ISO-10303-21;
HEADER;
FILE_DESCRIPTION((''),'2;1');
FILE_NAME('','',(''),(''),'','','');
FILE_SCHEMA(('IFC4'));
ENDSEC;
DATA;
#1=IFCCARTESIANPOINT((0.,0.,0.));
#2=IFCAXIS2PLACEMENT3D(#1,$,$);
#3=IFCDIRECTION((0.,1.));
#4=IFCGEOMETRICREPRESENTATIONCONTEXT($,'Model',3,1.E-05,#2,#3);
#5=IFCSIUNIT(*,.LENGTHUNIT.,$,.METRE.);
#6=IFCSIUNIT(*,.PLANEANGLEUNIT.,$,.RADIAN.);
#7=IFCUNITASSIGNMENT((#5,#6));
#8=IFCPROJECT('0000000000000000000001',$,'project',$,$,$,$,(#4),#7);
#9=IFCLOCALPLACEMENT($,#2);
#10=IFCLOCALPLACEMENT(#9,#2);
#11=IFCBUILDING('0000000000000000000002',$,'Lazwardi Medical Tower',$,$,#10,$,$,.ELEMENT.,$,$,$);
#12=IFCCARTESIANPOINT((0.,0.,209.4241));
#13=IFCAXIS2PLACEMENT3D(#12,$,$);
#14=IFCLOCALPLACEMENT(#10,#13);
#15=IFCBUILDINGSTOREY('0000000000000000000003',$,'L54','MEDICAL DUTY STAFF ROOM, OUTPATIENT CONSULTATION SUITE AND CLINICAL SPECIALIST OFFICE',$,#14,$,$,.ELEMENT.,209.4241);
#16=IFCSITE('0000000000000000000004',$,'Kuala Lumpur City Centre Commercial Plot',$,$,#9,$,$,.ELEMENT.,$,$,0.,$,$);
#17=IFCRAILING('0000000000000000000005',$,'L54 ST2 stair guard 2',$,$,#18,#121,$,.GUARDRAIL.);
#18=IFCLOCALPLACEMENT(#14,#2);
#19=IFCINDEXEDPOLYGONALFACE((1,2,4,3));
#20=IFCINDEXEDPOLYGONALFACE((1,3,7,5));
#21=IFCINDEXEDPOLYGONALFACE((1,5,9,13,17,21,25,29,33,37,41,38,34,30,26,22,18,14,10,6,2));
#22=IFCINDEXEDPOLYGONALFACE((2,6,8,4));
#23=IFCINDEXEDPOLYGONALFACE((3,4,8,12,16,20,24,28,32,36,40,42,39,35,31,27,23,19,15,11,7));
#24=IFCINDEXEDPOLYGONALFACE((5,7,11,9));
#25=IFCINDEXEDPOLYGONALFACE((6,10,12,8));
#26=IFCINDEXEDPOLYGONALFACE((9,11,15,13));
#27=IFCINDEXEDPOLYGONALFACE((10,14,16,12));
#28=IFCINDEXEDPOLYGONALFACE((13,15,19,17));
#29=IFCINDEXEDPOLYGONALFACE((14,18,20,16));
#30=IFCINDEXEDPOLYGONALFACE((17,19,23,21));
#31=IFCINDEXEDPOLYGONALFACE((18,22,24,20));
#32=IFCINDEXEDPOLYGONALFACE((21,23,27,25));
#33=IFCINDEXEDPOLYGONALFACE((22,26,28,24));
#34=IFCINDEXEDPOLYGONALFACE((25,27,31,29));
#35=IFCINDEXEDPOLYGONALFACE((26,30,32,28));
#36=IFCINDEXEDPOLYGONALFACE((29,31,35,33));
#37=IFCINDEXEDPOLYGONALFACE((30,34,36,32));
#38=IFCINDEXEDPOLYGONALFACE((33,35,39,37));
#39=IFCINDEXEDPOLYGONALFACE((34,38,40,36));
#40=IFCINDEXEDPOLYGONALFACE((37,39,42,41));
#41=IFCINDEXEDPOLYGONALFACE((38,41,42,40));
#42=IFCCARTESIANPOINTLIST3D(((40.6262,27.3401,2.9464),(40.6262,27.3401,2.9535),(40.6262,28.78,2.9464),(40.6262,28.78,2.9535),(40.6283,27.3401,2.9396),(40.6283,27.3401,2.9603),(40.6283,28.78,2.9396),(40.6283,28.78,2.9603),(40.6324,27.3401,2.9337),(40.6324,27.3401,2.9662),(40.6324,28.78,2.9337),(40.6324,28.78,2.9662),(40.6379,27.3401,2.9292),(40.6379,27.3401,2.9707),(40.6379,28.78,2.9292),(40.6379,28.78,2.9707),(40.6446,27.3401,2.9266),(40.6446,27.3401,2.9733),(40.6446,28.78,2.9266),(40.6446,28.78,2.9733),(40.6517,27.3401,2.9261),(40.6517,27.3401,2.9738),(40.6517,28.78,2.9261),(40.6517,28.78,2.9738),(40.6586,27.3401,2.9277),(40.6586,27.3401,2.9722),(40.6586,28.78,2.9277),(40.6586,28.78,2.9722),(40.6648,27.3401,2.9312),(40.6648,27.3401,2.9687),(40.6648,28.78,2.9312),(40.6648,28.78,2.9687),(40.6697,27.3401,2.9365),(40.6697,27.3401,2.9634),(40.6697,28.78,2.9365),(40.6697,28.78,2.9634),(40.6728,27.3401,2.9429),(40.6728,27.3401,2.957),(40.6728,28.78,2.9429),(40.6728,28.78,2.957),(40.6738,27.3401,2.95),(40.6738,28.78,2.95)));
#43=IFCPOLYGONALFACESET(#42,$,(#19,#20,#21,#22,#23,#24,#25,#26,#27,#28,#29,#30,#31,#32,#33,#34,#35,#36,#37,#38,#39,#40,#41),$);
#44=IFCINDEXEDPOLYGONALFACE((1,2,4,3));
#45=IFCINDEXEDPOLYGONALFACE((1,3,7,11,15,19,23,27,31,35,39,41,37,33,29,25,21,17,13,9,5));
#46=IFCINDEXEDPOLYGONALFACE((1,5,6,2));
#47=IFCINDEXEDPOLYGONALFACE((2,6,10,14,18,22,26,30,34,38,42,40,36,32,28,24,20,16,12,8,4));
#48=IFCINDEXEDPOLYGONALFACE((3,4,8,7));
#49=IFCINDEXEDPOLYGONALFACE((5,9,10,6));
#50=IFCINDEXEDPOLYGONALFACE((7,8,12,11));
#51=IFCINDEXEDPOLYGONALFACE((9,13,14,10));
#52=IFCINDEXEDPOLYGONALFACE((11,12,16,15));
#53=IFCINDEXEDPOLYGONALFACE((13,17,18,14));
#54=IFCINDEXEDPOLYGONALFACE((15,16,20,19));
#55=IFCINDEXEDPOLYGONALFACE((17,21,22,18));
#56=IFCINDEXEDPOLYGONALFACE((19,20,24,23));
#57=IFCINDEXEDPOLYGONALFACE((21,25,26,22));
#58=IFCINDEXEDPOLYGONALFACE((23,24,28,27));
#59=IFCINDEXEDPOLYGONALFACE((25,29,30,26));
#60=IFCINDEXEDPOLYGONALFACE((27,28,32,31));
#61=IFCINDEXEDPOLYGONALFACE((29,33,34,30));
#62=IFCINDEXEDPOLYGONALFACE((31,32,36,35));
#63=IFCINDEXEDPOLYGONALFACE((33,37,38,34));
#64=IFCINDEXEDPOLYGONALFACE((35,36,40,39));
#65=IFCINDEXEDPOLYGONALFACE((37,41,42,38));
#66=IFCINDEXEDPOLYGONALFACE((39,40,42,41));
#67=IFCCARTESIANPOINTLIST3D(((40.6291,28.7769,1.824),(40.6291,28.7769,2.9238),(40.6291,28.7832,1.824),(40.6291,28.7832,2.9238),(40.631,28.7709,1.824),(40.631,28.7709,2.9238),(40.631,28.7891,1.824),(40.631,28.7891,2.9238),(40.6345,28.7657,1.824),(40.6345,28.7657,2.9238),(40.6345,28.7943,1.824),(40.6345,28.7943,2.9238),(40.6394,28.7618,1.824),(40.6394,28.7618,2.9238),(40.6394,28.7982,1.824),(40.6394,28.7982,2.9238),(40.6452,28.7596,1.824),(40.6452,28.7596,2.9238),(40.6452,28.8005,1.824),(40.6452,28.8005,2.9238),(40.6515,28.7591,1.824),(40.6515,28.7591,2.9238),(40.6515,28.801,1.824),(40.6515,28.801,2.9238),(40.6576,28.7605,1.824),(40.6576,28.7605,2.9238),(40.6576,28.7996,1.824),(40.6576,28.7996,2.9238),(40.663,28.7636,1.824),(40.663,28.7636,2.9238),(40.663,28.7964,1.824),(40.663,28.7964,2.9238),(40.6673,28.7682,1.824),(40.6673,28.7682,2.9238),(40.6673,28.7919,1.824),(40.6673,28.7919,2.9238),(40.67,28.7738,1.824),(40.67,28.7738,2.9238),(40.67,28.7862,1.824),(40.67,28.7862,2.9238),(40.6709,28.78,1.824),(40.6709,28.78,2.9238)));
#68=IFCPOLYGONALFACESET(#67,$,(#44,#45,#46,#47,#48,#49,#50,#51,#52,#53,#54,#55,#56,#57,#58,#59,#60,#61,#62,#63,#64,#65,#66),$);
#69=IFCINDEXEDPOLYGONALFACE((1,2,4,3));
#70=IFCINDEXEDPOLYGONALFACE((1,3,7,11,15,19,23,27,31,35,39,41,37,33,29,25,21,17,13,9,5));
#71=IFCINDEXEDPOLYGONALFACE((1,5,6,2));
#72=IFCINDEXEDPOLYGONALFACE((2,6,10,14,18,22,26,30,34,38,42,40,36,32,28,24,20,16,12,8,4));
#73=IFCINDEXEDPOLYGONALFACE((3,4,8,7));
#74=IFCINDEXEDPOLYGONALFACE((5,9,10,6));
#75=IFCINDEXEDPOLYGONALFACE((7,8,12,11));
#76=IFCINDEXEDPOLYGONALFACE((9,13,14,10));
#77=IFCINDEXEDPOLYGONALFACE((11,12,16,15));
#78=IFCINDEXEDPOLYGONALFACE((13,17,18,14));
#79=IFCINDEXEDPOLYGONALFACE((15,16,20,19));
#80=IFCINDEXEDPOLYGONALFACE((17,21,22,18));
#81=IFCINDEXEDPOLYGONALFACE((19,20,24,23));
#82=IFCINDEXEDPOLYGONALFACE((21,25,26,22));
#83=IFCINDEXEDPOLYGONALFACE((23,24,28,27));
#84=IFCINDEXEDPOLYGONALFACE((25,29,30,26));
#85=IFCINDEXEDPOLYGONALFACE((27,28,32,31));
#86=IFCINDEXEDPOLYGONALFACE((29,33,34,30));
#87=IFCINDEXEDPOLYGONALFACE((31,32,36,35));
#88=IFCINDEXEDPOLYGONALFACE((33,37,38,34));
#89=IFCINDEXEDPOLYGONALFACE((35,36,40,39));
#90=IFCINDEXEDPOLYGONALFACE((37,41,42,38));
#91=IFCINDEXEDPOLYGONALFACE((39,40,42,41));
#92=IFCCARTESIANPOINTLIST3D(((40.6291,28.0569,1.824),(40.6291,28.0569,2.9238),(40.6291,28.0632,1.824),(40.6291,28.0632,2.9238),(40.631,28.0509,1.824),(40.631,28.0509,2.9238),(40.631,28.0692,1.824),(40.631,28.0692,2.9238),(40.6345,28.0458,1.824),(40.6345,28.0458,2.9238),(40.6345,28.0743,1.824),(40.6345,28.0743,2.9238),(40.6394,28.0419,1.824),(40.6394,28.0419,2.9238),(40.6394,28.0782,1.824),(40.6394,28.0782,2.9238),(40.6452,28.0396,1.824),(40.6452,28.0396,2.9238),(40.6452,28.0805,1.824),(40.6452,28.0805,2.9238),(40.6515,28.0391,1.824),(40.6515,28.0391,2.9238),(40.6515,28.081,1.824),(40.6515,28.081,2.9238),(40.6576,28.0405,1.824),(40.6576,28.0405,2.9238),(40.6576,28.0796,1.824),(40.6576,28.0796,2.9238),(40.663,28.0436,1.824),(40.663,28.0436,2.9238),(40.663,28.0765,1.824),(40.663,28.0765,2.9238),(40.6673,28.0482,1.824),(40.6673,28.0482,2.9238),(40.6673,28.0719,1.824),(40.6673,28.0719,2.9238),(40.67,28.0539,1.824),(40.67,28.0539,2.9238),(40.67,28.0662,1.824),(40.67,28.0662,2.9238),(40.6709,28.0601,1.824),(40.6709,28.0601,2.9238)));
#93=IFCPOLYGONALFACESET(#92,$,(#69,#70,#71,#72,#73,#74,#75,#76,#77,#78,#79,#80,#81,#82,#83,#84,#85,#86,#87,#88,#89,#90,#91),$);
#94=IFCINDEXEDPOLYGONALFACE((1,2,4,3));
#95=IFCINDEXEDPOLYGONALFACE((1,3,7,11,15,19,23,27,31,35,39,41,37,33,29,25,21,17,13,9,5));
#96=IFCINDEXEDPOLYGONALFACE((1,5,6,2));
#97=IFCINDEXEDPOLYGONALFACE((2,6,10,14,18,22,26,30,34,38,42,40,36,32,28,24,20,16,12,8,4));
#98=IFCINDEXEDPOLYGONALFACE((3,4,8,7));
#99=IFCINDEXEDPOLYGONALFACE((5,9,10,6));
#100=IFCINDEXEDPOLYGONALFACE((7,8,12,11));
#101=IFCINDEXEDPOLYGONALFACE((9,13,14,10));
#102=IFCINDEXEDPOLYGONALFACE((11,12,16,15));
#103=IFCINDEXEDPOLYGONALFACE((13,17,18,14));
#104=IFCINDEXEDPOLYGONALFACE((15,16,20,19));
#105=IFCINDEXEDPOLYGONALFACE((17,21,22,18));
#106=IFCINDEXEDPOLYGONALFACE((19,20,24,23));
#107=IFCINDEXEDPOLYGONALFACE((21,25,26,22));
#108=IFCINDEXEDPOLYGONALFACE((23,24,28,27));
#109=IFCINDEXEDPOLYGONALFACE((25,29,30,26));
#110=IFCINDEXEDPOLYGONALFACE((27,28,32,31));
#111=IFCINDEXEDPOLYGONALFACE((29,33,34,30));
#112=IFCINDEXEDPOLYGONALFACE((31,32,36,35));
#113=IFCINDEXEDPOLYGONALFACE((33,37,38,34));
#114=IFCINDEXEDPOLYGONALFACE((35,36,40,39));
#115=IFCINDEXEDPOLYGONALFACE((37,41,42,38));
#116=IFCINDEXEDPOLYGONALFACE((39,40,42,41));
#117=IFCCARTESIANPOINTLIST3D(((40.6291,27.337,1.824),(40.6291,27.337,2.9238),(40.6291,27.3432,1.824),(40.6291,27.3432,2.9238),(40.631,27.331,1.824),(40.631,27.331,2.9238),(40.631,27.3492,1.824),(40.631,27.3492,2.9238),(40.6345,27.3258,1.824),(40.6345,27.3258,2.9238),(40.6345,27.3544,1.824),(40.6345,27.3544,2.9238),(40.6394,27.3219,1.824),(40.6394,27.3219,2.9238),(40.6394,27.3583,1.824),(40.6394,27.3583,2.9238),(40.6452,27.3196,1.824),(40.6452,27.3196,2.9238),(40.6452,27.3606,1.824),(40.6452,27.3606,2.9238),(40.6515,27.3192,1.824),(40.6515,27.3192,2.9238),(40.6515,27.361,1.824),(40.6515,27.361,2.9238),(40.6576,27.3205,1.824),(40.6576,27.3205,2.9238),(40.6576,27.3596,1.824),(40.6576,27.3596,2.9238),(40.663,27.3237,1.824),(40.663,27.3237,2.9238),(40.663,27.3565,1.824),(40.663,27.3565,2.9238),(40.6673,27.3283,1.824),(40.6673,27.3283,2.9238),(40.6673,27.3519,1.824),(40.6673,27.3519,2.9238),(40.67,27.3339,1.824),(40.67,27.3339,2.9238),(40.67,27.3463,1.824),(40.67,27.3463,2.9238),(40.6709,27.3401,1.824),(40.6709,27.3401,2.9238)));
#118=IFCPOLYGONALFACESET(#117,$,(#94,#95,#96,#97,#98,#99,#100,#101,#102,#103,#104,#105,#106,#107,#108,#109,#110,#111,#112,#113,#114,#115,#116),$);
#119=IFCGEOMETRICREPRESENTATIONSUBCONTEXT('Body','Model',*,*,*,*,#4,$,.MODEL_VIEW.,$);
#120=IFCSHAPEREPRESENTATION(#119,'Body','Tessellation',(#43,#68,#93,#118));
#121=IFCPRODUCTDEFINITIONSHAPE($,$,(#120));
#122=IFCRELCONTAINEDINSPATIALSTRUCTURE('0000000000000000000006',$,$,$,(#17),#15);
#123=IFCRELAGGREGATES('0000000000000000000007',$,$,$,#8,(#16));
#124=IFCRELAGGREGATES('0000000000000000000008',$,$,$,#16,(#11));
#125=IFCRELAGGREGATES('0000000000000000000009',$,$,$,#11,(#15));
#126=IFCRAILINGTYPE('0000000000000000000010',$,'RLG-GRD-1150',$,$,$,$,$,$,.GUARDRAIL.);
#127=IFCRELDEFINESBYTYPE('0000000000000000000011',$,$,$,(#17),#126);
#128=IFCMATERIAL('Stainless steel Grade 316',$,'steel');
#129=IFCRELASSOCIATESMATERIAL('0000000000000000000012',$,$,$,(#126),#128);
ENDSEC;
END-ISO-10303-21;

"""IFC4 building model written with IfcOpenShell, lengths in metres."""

from ifc_helpers import new_model, si_unit, direction, frame, origin, origin_2d, place, context, subcontext, project, spatial, circle, extrude, material, type_object, element, save


model = new_model("IFC4")

# Units and contexts
model_context = context("Model", 3, precision=1e-05, world=origin(), true_north=direction((0.0, 1.0)))
body_context = subcontext(model_context, "Body", "Model", "MODEL_VIEW")
ifc_project = project(units=[si_unit("LENGTHUNIT", "METRE"), si_unit("PLANEANGLEUNIT", "RADIAN")], contexts=[model_context])

# Site, building, storey
site_placement = place(None, origin())
site = spatial("IfcSite", under=ifc_project, at=site_placement, Name="Kuala Lumpur City Centre Commercial Plot", CompositionType="ELEMENT", RefElevation=0.0)
building_placement = place(site_placement, origin())
building = spatial("IfcBuilding", under=site, at=building_placement, Name="Lazwardi Medical Tower", CompositionType="ELEMENT")
storey_placement = place(building_placement, frame((0.0, 0.0, 209.4241)))
storey = spatial("IfcBuildingStorey", under=building, at=storey_placement, Name="L54", Description="MEDICAL DUTY STAFF ROOM, OUTPATIENT CONSULTATION SUITE AND CLINICAL SPECIALIST OFFICE", CompositionType="ELEMENT", Elevation=209.4241)

# Railing
ifc_material_1 = material(Name="Stainless steel Grade 316", Category="steel")
railing_type_1 = type_object("IfcRailingType", Name="RLG-GRD-1150", PredefinedType="GUARDRAIL", material=ifc_material_1)
railing_1_placement = place(storey_placement, frame((40.6499, 28.78, 1.824)))
element("IfcRailing", 1, at=railing_1_placement, inside=storey, type_object=railing_type_1, Name="L54 ST2 stair guard 2", PredefinedType="GUARDRAIL", context=body_context, shape_type="SweptSolid", body=[
    extrude(circle(Radius=0.0239, at=origin_2d()), frame((0.0, 0.0, 1.126), z_axis=(0.0, -1.0, 0.0), x_axis=(1.0, 0.0, 0.0)), (0.0, 0.0, 1.0), 1.4399),
    extrude(circle(Radius=0.021, at=origin_2d()), origin(), (0.0, 0.0, 1.0), 1.0999),
    extrude(circle(Radius=0.021, at=origin_2d()), frame((0.0, -0.72, 0.0)), (0.0, 0.0, 1.0), 1.0999),
    extrude(circle(Radius=0.021, at=origin_2d()), frame((0.0, -1.4399, 0.0)), (0.0, 0.0, 1.0), 1.0999),
])

save(model, "model.ifc")
